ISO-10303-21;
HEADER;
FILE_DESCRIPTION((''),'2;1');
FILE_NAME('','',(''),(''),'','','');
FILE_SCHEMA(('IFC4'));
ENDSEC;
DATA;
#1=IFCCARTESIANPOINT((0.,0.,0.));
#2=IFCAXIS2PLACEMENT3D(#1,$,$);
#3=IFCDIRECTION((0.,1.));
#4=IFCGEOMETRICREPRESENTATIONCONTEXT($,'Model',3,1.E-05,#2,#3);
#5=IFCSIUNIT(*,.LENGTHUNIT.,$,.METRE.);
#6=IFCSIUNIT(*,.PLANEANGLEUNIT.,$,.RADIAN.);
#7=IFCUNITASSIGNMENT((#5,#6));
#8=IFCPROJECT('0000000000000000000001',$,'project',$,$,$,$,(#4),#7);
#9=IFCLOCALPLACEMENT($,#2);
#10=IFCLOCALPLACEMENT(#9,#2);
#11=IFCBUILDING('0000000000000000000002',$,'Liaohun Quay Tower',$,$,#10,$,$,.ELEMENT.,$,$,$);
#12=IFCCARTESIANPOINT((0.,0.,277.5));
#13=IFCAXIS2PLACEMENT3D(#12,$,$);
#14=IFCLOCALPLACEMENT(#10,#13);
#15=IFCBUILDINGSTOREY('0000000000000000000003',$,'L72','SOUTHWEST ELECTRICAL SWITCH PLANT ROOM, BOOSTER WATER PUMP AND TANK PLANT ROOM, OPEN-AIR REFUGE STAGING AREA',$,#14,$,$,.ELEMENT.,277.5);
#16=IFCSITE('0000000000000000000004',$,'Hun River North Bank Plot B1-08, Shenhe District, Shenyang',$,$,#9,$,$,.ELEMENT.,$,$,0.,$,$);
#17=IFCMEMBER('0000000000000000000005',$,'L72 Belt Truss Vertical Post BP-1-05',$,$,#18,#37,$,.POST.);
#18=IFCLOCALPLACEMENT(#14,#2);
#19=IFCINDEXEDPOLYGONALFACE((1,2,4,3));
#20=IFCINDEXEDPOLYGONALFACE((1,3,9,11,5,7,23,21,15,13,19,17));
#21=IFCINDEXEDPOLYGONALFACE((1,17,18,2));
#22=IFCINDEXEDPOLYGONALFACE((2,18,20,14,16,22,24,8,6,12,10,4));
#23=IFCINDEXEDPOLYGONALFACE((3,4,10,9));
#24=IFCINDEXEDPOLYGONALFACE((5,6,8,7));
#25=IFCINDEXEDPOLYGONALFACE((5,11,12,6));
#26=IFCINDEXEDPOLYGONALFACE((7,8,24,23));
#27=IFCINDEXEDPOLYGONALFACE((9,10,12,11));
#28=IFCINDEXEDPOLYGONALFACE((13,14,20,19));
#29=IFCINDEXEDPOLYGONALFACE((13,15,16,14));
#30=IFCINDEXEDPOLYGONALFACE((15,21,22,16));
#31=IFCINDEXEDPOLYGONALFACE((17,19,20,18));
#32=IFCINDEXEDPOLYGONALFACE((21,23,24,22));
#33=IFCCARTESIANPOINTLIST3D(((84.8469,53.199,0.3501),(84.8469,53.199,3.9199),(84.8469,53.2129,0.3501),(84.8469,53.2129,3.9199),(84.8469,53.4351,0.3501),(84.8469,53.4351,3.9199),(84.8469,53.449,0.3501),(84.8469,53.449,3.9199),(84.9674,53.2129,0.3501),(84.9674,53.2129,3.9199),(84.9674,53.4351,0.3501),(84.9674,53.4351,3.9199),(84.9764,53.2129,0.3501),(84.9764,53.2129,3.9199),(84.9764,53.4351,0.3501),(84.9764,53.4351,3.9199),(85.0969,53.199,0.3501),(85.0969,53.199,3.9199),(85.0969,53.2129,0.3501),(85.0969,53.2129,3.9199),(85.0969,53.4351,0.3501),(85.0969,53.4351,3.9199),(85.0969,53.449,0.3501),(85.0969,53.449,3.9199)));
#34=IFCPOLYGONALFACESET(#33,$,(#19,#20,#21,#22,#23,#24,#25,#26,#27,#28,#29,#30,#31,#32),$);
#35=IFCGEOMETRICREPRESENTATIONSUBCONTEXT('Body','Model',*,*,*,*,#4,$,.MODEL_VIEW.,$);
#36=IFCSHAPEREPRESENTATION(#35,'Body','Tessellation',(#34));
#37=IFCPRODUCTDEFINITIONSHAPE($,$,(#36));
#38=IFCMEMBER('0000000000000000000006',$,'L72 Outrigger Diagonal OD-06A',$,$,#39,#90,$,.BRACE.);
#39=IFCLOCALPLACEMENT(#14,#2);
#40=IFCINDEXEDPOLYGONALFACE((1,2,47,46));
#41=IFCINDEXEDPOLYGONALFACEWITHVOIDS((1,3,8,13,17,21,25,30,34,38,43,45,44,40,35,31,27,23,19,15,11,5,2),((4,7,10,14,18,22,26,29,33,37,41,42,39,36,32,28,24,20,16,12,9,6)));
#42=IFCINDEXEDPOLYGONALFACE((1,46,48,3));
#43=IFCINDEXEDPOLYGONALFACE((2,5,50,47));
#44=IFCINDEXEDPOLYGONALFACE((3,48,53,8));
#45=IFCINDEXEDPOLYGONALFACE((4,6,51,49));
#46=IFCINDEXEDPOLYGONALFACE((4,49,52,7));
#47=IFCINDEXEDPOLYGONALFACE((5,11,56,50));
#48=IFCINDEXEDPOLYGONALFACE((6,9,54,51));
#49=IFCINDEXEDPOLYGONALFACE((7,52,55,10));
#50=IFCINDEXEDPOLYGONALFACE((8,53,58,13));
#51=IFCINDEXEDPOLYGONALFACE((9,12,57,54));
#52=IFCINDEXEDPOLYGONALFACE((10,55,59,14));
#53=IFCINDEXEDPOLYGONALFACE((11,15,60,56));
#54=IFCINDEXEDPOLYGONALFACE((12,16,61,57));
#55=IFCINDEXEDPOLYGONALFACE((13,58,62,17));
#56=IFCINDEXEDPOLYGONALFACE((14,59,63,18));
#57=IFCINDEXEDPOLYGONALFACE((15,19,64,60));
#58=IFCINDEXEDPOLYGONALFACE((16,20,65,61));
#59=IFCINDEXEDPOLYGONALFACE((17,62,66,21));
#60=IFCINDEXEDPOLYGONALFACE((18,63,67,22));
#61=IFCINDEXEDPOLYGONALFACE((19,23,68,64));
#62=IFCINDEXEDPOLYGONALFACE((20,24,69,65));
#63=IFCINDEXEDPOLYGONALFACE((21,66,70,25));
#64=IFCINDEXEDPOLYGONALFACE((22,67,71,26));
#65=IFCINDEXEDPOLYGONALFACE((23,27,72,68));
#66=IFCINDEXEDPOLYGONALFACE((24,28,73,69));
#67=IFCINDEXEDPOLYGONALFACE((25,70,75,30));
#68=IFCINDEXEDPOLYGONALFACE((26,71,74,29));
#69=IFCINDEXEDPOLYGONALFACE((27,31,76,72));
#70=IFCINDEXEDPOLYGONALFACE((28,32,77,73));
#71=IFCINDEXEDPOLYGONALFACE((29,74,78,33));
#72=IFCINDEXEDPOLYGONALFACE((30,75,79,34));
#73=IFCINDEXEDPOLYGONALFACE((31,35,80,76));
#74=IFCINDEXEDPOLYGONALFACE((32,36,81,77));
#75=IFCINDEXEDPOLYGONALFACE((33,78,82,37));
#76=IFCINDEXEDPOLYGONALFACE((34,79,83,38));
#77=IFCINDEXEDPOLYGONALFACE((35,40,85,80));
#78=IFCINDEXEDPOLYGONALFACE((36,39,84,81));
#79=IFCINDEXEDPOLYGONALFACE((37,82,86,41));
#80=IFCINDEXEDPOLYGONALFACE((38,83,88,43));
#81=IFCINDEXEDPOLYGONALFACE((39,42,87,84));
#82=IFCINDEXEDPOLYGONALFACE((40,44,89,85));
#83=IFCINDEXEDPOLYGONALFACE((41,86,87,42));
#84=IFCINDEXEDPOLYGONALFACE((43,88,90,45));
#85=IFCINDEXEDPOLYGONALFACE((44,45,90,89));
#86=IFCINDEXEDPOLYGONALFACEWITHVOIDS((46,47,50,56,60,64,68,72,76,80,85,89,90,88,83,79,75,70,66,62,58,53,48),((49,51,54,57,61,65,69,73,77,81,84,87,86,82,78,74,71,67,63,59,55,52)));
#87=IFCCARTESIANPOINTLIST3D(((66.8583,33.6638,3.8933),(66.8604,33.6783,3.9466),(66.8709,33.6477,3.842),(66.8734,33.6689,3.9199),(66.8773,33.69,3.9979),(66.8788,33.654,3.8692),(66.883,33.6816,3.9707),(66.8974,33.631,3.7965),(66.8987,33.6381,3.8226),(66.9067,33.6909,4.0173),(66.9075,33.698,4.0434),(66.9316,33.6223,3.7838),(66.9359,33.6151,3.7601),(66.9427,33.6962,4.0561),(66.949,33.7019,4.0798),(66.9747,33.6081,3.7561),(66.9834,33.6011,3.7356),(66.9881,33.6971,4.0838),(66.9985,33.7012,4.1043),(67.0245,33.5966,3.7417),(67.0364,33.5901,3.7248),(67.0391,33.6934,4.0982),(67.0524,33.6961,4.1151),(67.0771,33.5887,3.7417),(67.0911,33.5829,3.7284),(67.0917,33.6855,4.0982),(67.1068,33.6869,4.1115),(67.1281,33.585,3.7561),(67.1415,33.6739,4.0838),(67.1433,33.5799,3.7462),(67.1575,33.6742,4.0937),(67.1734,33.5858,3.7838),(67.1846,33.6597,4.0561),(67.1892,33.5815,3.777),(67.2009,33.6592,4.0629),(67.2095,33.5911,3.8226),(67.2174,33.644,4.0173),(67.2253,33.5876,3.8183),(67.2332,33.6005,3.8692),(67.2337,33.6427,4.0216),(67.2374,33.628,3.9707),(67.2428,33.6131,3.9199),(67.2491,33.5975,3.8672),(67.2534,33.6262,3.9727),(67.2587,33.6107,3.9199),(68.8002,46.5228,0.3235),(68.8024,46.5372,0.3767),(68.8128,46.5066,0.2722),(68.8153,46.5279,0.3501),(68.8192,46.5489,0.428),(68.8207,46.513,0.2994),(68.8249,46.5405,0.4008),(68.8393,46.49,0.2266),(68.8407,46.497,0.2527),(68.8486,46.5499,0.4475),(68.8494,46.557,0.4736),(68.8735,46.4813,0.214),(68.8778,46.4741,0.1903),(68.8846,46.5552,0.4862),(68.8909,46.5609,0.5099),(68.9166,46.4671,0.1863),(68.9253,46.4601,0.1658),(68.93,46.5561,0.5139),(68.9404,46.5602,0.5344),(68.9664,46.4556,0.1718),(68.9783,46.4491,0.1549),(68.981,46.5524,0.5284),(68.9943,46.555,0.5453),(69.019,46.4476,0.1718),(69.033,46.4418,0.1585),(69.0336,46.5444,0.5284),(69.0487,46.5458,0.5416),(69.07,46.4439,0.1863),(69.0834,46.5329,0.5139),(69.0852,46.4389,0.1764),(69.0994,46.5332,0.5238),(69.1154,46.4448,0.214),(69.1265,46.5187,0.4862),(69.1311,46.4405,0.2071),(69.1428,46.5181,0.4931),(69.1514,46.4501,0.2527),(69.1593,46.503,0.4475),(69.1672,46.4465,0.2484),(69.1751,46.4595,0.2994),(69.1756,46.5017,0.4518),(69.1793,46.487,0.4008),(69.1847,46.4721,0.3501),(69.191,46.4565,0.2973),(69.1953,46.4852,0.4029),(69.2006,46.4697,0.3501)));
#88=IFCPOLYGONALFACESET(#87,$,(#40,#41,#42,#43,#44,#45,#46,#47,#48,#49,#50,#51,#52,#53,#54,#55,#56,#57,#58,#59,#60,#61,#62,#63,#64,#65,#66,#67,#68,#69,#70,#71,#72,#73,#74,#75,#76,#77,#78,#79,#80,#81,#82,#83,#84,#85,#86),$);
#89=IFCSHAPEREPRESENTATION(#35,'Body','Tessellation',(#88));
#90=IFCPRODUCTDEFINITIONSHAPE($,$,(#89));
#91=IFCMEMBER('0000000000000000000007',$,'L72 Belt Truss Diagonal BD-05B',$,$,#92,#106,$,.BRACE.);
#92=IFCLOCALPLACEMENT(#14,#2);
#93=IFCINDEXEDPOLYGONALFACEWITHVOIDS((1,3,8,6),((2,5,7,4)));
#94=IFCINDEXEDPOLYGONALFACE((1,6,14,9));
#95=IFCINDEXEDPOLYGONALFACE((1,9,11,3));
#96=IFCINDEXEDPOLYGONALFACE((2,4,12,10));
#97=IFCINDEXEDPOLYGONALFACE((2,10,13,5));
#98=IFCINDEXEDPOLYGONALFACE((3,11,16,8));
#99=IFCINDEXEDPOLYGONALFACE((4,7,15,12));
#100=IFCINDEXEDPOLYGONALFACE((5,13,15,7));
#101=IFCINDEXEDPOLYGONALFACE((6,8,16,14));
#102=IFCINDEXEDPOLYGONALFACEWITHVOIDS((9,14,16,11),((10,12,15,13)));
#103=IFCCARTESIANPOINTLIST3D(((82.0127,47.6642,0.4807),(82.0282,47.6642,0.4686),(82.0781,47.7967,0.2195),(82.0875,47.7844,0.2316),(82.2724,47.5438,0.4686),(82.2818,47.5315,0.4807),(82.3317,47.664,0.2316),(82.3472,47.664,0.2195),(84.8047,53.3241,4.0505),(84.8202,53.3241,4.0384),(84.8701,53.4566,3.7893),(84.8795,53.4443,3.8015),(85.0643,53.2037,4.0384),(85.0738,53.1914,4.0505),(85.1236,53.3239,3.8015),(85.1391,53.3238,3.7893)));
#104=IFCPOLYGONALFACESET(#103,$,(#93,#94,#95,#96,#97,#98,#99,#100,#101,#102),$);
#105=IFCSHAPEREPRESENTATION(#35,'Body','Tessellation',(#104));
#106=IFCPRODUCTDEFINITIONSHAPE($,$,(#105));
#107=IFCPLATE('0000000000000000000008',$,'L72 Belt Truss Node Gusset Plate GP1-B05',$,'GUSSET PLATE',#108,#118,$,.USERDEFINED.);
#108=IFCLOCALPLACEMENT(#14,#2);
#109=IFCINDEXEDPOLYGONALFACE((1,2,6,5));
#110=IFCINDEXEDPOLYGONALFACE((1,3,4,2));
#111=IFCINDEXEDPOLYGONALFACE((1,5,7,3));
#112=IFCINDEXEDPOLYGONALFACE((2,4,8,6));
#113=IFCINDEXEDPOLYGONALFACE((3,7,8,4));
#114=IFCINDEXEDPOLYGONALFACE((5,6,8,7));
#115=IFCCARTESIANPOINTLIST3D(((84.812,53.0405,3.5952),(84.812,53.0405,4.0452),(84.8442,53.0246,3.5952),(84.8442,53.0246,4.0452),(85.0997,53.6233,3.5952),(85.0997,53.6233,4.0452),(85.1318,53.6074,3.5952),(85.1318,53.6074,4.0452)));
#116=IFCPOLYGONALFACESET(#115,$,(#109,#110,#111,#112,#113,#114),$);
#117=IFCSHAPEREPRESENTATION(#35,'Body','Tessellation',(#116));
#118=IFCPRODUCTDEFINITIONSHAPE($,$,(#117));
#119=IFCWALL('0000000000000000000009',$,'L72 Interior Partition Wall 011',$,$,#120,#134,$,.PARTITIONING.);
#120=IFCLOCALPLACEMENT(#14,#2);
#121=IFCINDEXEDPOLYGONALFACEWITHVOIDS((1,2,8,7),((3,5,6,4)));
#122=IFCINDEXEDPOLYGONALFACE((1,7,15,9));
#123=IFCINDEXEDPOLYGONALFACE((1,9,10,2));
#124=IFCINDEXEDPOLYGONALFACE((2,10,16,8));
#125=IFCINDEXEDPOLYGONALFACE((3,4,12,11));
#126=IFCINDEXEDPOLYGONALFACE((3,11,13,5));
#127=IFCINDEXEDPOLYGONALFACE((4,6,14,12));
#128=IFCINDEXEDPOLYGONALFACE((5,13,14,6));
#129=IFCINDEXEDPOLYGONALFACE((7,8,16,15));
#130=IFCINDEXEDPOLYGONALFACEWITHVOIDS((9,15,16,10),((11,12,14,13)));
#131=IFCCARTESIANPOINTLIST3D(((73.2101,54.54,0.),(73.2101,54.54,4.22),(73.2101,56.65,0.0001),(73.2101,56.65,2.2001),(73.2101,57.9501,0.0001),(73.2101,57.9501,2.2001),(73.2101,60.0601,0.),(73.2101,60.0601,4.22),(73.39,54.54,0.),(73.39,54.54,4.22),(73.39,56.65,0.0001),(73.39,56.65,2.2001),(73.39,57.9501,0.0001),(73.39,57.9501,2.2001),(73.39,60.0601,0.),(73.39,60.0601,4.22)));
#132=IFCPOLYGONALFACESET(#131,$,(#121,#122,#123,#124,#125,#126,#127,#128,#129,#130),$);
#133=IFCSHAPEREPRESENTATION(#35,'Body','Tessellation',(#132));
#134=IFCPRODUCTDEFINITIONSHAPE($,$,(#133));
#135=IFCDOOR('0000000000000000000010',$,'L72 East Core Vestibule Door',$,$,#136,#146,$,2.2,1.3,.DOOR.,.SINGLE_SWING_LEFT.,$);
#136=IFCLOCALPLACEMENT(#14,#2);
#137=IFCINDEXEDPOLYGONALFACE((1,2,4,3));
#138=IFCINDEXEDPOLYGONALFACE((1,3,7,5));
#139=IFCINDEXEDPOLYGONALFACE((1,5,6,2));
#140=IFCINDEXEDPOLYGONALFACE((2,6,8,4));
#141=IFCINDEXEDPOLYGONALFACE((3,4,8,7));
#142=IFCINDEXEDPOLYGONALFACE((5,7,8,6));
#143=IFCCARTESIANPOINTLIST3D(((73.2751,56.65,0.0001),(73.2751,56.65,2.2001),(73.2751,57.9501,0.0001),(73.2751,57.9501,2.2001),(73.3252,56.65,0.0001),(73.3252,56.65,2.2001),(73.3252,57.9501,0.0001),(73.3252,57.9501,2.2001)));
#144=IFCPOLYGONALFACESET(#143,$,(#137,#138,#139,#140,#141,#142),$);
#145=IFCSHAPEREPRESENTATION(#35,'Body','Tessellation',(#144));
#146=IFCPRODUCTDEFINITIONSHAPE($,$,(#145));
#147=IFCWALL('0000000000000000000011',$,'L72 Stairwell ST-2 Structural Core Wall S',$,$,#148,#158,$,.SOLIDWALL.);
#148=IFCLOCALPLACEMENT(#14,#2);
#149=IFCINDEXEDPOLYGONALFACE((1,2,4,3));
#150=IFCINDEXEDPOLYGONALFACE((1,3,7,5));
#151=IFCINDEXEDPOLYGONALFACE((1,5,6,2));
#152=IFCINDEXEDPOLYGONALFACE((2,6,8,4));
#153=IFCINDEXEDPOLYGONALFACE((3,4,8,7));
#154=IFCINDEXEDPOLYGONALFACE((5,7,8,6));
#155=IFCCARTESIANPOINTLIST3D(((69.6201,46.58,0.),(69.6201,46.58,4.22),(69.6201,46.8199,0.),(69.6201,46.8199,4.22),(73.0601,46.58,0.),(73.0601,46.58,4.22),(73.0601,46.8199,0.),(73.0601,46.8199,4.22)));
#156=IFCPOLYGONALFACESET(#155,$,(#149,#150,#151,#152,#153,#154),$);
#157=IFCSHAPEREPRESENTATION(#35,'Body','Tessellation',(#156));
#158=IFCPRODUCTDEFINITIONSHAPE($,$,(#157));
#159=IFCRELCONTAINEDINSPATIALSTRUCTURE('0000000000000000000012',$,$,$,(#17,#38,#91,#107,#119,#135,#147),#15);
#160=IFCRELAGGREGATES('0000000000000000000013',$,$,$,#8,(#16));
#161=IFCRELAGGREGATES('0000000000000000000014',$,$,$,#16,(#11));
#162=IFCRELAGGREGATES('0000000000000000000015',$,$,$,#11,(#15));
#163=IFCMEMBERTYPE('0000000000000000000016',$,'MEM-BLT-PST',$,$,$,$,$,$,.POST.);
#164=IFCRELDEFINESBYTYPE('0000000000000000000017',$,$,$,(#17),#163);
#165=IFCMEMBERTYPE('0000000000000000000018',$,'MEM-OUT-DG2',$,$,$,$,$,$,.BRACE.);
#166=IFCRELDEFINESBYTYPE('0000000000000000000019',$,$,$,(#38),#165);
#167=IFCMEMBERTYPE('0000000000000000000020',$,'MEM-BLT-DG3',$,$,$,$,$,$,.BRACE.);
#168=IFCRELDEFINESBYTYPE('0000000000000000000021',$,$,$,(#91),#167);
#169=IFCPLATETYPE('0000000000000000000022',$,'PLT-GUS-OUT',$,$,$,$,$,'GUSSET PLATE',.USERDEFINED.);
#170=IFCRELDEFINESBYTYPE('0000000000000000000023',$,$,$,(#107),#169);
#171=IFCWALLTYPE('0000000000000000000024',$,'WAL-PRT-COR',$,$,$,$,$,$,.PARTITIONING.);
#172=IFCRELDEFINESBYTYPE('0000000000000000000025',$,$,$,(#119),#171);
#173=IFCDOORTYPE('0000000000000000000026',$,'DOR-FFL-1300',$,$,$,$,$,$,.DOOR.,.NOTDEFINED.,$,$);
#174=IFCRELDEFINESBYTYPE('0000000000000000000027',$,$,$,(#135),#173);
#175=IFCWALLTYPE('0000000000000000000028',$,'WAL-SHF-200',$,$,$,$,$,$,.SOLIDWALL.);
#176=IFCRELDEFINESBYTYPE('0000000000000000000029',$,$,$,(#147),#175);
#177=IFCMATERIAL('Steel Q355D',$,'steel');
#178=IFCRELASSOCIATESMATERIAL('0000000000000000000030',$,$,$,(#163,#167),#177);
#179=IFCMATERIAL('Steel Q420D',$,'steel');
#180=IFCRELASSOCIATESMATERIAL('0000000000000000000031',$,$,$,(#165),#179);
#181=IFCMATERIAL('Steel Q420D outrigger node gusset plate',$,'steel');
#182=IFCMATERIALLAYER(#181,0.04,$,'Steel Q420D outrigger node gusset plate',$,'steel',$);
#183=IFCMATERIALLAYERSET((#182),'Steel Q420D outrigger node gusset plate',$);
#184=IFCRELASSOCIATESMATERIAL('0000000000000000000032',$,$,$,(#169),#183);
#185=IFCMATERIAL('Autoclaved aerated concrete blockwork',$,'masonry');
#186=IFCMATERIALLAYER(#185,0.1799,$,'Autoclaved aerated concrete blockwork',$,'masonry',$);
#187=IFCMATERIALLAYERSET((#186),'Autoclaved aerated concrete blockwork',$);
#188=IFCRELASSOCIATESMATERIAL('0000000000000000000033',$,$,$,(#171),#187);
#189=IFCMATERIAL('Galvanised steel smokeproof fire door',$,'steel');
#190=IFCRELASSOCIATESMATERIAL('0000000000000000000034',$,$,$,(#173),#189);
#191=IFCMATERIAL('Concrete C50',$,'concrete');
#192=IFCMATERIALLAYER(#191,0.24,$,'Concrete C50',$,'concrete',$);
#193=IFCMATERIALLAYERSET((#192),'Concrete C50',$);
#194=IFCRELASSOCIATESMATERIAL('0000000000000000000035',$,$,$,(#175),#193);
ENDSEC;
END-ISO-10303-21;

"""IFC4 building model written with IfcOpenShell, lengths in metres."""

from ifc_helpers import new_model, si_unit, direction, frame, frame_2d, origin, origin_2d, place, context, subcontext, project, spatial, rectangle, hollow_rectangle, hollow_circle, i_section, extrude, source, transform, mapped, material, layer, layer_set, material_profile, profile_set, type_object, element, fill, save


model = new_model("IFC4")

# Units and contexts
model_context = context("Model", 3, precision=1e-05, world=origin(), true_north=direction((0.0, 1.0)))
body_context = subcontext(model_context, "Body", "Model", "MODEL_VIEW")
ifc_project = project(units=[si_unit("LENGTHUNIT", "METRE"), si_unit("PLANEANGLEUNIT", "RADIAN")], contexts=[model_context])

# Site, building, storey
site_placement = place(None, origin())
site = spatial("IfcSite", under=ifc_project, at=site_placement, Name="Hun River North Bank Plot B1-08, Shenhe District, Shenyang", CompositionType="ELEMENT", RefElevation=0.0)
building_placement = place(site_placement, origin())
building = spatial("IfcBuilding", under=site, at=building_placement, Name="Liaohun Quay Tower", CompositionType="ELEMENT")
storey_placement = place(building_placement, frame((0.0, 0.0, 277.5)))
storey = spatial("IfcBuildingStorey", under=building, at=storey_placement, Name="L72", Description="SOUTHWEST ELECTRICAL SWITCH PLANT ROOM, BOOSTER WATER PUMP AND TANK PLANT ROOM, OPEN-AIR REFUGE STAGING AREA", CompositionType="ELEMENT", Elevation=277.5)

# Members
ifc_material_1 = material(Name="Steel Q355D", Category="steel")
ifc_material_profile_1 = material_profile(ifc_material_1, i_section(OverallWidth=0.25, OverallDepth=0.25, WebThickness=0.009, FlangeThickness=0.0139, at=origin_2d()), Name="HW250x250x9x14")
ifc_profile_set_1 = profile_set([ifc_material_profile_1], Name="Steel Q355D")
member_type_1 = type_object("IfcMemberType", Name="MEM-BLT-PST", PredefinedType="POST", material=ifc_profile_set_1)
shared_shape_1 = source(origin(), body_context, "Body", "SweptSolid", [
    extrude(i_section(OverallWidth=0.25, OverallDepth=0.25, WebThickness=0.009, FlangeThickness=0.0139, at=origin_2d()), origin(), (0.0, 0.0, 1.0), 3.5698),
])
member_1_placement = place(storey_placement, frame((84.9719, 53.324, 0.3501), z_axis=(0.0, 0.0, 1.0), x_axis=(1.0, 0.0, 0.0)))
element("IfcMember", 1, at=member_1_placement, inside=storey, type_object=member_type_1, Name="L72 Belt Truss Vertical Post BP-1-05", PredefinedType="POST", context=body_context, shape_type="MappedRepresentation", body=[
    mapped(shared_shape_1, transform((0.0, 0.0, 0.0), x_axis=(1.0, 0.0, 0.0), y_axis=(0.0, 1.0, 0.0), z_axis=(0.0, 0.0, 1.0), scale=1.0)),
])
ifc_material_2 = material(Name="Steel Q420D", Category="steel")
ifc_material_profile_2 = material_profile(ifc_material_2, hollow_circle(Radius=0.2029, WallThickness=0.0161, at=origin_2d()), Name="CHS406x16")
ifc_profile_set_2 = profile_set([ifc_material_profile_2], Name="Steel Q420D")
member_type_2 = type_object("IfcMemberType", Name="MEM-OUT-DG2", PredefinedType="BRACE", material=ifc_profile_set_2)
shared_shape_2 = source(origin(), body_context, "Body", "SweptSolid", [
    extrude(hollow_circle(Radius=0.2029, WallThickness=0.0161, at=origin_2d()), origin(), (0.0, 0.0, 1.0), 13.4858),
])
member_2_placement = place(storey_placement, frame((69.0, 46.5, 0.3501), z_axis=(-0.143996, -0.953516, 0.264711), x_axis=(0.988789, -0.149323, 0.0)))
element("IfcMember", 2, at=member_2_placement, inside=storey, type_object=member_type_2, Name="L72 Outrigger Diagonal OD-06A", PredefinedType="BRACE", context=body_context, shape_type="MappedRepresentation", body=[
    mapped(shared_shape_2, transform((0.0, 0.0, 0.0), x_axis=(1.0, 0.0, 0.0), y_axis=(0.0, 1.0, 0.0), z_axis=(0.0, 0.0, 1.0), scale=1.0)),
])
ifc_material_profile_3 = material_profile(ifc_material_1, hollow_rectangle(XDim=0.3, YDim=0.3, WallThickness=0.0139, at=origin_2d()), Name="SHS300x300x14")
ifc_profile_set_3 = profile_set([ifc_material_profile_3], Name="Steel Q355D")
member_type_3 = type_object("IfcMemberType", Name="MEM-BLT-DG3", PredefinedType="BRACE", material=ifc_profile_set_3)
shared_shape_3 = source(origin(), body_context, "Body", "SweptSolid", [
    extrude(hollow_rectangle(XDim=0.3, YDim=0.3, WallThickness=0.0139, at=origin_2d()), origin(), (0.0, 0.0, 1.0), 7.2507),
])
member_3_placement = place(storey_placement, frame((84.9719, 53.324, 3.9199), z_axis=(-0.385062, -0.780596, -0.492338), x_axis=(0.89682, -0.442395, 0.0)))
element("IfcMember", 3, at=member_3_placement, inside=storey, type_object=member_type_3, Name="L72 Belt Truss Diagonal BD-05B", PredefinedType="BRACE", context=body_context, shape_type="MappedRepresentation", body=[
    mapped(shared_shape_3, transform((0.0, 0.0, 0.0), x_axis=(1.0, 0.0, 0.0), y_axis=(0.0, 1.0, 0.0), z_axis=(0.0, 0.0, 1.0), scale=1.0)),
])

# Plate
ifc_material_3 = material(Name="Steel Q420D outrigger node gusset plate", Category="steel")
ifc_layer_1 = layer(ifc_material_3, 0.04, Name="Steel Q420D outrigger node gusset plate", Category="steel")
ifc_layer_set_1 = layer_set([ifc_layer_1], Name="Steel Q420D outrigger node gusset plate")
plate_type = type_object("IfcPlateType", Name="PLT-GUS-OUT", ElementType="GUSSET PLATE", PredefinedType="USERDEFINED", material=ifc_layer_set_1)
shared_shape_4 = source(origin(), body_context, "Body", "SweptSolid", [
    extrude(rectangle(XDim=0.6499, YDim=0.0359, at=origin_2d()), origin(), (0.0, 0.0, 1.0), 0.45),
])
plate_placement = place(storey_placement, frame((84.9719, 53.324, 3.5952), z_axis=(0.0, 0.0, 1.0), x_axis=(-0.442602, -0.896718, 0.0)))
element("IfcPlate", 4, at=plate_placement, inside=storey, type_object=plate_type, Name="L72 Belt Truss Node Gusset Plate GP1-B05", ObjectType="GUSSET PLATE", PredefinedType="USERDEFINED", context=body_context, shape_type="MappedRepresentation", body=[
    mapped(shared_shape_4, transform((0.0, 0.0, 0.0), x_axis=(1.0, 0.0, 0.0), y_axis=(0.0, 1.0, 0.0), z_axis=(0.0, 0.0, 1.0), scale=1.0)),
])

# Wall, opening, door
ifc_material_4 = material(Name="Autoclaved aerated concrete blockwork", Category="masonry")
ifc_layer_2 = layer(ifc_material_4, 0.1799, Name="Autoclaved aerated concrete blockwork", Category="masonry")
ifc_layer_set_2 = layer_set([ifc_layer_2], Name="Autoclaved aerated concrete blockwork")
wall_type_1 = type_object("IfcWallType", Name="WAL-PRT-COR", PredefinedType="PARTITIONING", material=ifc_layer_set_2)
wall_1_placement = place(storey_placement, frame((73.3, 54.54, 0.0), z_axis=(0.0, 0.0, 1.0), x_axis=(0.0, 1.0, 0.0)))
wall_1 = element("IfcWall", 5, at=wall_1_placement, inside=storey, type_object=wall_type_1, Name="L72 Interior Partition Wall 011", PredefinedType="PARTITIONING", context=body_context, shape_type="SweptSolid", body=[
    extrude(rectangle(XDim=5.52, YDim=0.1799, at=frame_2d((2.76, 0.0))), origin(), (0.0, 0.0, 1.0), 4.22),
])
shared_shape_5 = source(origin(), body_context, "Body", "SweptSolid", [
    extrude(rectangle(XDim=1.3, YDim=2.2, at=frame_2d((0.6499, 1.1001))), frame((0.0, 0.0999, 0.0), z_axis=(0.0, -1.0, 0.0), x_axis=(1.0, 0.0, 0.0)), (0.0, 0.0, 1.0), 0.2),
])
opening_1_placement = place(wall_1_placement, frame((2.1101, 0.0, 0.0)))
opening_1 = element("IfcOpeningElement", 6, at=opening_1_placement, cuts=wall_1, PredefinedType="OPENING", context=body_context, shape_type="MappedRepresentation", body=[
    mapped(shared_shape_5, transform((0.0, 0.0, 0.0), x_axis=(1.0, 0.0, 0.0), y_axis=(0.0, 1.0, 0.0), z_axis=(0.0, 0.0, 1.0), scale=1.0)),
])
ifc_material_5 = material(Name="Galvanised steel smokeproof fire door", Category="steel")
door_type_1 = type_object("IfcDoorType", Name="DOR-FFL-1300", OperationType="NOTDEFINED", PredefinedType="DOOR", material=ifc_material_5)
shared_shape_6 = source(origin(), body_context, "Body", "SweptSolid", [
    extrude(rectangle(XDim=1.3, YDim=2.2, at=frame_2d((0.6499, 1.1001))), frame((0.0, 0.0249, 0.0), z_axis=(0.0, -1.0, 0.0), x_axis=(1.0, 0.0, 0.0)), (0.0, 0.0, 1.0), 0.05),
])
door_1_placement = place(opening_1_placement, origin())
door_1 = element("IfcDoor", 7, at=door_1_placement, inside=storey, type_object=door_type_1, Name="L72 East Core Vestibule Door", OperationType="SINGLE_SWING_LEFT", OverallHeight=2.2, OverallWidth=1.3, PredefinedType="DOOR", context=body_context, shape_type="MappedRepresentation", body=[
    mapped(shared_shape_6, transform((0.0, 0.0, 0.0), x_axis=(1.0, 0.0, 0.0), y_axis=(0.0, 1.0, 0.0), z_axis=(0.0, 0.0, 1.0), scale=1.0)),
])
fill(opening_1, door_1)

# Wall
ifc_material_6 = material(Name="Concrete C50", Category="concrete")
ifc_layer_3 = layer(ifc_material_6, 0.24, Name="Concrete C50", Category="concrete")
ifc_layer_set_3 = layer_set([ifc_layer_3], Name="Concrete C50")
wall_type_2 = type_object("IfcWallType", Name="WAL-SHF-200", PredefinedType="SOLIDWALL", material=ifc_layer_set_3)
wall_2_placement = place(storey_placement, frame((69.6201, 46.7, 0.0), z_axis=(0.0, 0.0, 1.0), x_axis=(1.0, 0.0, 0.0)))
element("IfcWall", 8, at=wall_2_placement, inside=storey, type_object=wall_type_2, Name="L72 Stairwell ST-2 Structural Core Wall S", PredefinedType="SOLIDWALL", context=body_context, shape_type="SweptSolid", body=[
    extrude(rectangle(XDim=3.4399, YDim=0.24, at=frame_2d((1.72, 0.0))), origin(), (0.0, 0.0, 1.0), 4.22),
])

save(model, "model.ifc")
